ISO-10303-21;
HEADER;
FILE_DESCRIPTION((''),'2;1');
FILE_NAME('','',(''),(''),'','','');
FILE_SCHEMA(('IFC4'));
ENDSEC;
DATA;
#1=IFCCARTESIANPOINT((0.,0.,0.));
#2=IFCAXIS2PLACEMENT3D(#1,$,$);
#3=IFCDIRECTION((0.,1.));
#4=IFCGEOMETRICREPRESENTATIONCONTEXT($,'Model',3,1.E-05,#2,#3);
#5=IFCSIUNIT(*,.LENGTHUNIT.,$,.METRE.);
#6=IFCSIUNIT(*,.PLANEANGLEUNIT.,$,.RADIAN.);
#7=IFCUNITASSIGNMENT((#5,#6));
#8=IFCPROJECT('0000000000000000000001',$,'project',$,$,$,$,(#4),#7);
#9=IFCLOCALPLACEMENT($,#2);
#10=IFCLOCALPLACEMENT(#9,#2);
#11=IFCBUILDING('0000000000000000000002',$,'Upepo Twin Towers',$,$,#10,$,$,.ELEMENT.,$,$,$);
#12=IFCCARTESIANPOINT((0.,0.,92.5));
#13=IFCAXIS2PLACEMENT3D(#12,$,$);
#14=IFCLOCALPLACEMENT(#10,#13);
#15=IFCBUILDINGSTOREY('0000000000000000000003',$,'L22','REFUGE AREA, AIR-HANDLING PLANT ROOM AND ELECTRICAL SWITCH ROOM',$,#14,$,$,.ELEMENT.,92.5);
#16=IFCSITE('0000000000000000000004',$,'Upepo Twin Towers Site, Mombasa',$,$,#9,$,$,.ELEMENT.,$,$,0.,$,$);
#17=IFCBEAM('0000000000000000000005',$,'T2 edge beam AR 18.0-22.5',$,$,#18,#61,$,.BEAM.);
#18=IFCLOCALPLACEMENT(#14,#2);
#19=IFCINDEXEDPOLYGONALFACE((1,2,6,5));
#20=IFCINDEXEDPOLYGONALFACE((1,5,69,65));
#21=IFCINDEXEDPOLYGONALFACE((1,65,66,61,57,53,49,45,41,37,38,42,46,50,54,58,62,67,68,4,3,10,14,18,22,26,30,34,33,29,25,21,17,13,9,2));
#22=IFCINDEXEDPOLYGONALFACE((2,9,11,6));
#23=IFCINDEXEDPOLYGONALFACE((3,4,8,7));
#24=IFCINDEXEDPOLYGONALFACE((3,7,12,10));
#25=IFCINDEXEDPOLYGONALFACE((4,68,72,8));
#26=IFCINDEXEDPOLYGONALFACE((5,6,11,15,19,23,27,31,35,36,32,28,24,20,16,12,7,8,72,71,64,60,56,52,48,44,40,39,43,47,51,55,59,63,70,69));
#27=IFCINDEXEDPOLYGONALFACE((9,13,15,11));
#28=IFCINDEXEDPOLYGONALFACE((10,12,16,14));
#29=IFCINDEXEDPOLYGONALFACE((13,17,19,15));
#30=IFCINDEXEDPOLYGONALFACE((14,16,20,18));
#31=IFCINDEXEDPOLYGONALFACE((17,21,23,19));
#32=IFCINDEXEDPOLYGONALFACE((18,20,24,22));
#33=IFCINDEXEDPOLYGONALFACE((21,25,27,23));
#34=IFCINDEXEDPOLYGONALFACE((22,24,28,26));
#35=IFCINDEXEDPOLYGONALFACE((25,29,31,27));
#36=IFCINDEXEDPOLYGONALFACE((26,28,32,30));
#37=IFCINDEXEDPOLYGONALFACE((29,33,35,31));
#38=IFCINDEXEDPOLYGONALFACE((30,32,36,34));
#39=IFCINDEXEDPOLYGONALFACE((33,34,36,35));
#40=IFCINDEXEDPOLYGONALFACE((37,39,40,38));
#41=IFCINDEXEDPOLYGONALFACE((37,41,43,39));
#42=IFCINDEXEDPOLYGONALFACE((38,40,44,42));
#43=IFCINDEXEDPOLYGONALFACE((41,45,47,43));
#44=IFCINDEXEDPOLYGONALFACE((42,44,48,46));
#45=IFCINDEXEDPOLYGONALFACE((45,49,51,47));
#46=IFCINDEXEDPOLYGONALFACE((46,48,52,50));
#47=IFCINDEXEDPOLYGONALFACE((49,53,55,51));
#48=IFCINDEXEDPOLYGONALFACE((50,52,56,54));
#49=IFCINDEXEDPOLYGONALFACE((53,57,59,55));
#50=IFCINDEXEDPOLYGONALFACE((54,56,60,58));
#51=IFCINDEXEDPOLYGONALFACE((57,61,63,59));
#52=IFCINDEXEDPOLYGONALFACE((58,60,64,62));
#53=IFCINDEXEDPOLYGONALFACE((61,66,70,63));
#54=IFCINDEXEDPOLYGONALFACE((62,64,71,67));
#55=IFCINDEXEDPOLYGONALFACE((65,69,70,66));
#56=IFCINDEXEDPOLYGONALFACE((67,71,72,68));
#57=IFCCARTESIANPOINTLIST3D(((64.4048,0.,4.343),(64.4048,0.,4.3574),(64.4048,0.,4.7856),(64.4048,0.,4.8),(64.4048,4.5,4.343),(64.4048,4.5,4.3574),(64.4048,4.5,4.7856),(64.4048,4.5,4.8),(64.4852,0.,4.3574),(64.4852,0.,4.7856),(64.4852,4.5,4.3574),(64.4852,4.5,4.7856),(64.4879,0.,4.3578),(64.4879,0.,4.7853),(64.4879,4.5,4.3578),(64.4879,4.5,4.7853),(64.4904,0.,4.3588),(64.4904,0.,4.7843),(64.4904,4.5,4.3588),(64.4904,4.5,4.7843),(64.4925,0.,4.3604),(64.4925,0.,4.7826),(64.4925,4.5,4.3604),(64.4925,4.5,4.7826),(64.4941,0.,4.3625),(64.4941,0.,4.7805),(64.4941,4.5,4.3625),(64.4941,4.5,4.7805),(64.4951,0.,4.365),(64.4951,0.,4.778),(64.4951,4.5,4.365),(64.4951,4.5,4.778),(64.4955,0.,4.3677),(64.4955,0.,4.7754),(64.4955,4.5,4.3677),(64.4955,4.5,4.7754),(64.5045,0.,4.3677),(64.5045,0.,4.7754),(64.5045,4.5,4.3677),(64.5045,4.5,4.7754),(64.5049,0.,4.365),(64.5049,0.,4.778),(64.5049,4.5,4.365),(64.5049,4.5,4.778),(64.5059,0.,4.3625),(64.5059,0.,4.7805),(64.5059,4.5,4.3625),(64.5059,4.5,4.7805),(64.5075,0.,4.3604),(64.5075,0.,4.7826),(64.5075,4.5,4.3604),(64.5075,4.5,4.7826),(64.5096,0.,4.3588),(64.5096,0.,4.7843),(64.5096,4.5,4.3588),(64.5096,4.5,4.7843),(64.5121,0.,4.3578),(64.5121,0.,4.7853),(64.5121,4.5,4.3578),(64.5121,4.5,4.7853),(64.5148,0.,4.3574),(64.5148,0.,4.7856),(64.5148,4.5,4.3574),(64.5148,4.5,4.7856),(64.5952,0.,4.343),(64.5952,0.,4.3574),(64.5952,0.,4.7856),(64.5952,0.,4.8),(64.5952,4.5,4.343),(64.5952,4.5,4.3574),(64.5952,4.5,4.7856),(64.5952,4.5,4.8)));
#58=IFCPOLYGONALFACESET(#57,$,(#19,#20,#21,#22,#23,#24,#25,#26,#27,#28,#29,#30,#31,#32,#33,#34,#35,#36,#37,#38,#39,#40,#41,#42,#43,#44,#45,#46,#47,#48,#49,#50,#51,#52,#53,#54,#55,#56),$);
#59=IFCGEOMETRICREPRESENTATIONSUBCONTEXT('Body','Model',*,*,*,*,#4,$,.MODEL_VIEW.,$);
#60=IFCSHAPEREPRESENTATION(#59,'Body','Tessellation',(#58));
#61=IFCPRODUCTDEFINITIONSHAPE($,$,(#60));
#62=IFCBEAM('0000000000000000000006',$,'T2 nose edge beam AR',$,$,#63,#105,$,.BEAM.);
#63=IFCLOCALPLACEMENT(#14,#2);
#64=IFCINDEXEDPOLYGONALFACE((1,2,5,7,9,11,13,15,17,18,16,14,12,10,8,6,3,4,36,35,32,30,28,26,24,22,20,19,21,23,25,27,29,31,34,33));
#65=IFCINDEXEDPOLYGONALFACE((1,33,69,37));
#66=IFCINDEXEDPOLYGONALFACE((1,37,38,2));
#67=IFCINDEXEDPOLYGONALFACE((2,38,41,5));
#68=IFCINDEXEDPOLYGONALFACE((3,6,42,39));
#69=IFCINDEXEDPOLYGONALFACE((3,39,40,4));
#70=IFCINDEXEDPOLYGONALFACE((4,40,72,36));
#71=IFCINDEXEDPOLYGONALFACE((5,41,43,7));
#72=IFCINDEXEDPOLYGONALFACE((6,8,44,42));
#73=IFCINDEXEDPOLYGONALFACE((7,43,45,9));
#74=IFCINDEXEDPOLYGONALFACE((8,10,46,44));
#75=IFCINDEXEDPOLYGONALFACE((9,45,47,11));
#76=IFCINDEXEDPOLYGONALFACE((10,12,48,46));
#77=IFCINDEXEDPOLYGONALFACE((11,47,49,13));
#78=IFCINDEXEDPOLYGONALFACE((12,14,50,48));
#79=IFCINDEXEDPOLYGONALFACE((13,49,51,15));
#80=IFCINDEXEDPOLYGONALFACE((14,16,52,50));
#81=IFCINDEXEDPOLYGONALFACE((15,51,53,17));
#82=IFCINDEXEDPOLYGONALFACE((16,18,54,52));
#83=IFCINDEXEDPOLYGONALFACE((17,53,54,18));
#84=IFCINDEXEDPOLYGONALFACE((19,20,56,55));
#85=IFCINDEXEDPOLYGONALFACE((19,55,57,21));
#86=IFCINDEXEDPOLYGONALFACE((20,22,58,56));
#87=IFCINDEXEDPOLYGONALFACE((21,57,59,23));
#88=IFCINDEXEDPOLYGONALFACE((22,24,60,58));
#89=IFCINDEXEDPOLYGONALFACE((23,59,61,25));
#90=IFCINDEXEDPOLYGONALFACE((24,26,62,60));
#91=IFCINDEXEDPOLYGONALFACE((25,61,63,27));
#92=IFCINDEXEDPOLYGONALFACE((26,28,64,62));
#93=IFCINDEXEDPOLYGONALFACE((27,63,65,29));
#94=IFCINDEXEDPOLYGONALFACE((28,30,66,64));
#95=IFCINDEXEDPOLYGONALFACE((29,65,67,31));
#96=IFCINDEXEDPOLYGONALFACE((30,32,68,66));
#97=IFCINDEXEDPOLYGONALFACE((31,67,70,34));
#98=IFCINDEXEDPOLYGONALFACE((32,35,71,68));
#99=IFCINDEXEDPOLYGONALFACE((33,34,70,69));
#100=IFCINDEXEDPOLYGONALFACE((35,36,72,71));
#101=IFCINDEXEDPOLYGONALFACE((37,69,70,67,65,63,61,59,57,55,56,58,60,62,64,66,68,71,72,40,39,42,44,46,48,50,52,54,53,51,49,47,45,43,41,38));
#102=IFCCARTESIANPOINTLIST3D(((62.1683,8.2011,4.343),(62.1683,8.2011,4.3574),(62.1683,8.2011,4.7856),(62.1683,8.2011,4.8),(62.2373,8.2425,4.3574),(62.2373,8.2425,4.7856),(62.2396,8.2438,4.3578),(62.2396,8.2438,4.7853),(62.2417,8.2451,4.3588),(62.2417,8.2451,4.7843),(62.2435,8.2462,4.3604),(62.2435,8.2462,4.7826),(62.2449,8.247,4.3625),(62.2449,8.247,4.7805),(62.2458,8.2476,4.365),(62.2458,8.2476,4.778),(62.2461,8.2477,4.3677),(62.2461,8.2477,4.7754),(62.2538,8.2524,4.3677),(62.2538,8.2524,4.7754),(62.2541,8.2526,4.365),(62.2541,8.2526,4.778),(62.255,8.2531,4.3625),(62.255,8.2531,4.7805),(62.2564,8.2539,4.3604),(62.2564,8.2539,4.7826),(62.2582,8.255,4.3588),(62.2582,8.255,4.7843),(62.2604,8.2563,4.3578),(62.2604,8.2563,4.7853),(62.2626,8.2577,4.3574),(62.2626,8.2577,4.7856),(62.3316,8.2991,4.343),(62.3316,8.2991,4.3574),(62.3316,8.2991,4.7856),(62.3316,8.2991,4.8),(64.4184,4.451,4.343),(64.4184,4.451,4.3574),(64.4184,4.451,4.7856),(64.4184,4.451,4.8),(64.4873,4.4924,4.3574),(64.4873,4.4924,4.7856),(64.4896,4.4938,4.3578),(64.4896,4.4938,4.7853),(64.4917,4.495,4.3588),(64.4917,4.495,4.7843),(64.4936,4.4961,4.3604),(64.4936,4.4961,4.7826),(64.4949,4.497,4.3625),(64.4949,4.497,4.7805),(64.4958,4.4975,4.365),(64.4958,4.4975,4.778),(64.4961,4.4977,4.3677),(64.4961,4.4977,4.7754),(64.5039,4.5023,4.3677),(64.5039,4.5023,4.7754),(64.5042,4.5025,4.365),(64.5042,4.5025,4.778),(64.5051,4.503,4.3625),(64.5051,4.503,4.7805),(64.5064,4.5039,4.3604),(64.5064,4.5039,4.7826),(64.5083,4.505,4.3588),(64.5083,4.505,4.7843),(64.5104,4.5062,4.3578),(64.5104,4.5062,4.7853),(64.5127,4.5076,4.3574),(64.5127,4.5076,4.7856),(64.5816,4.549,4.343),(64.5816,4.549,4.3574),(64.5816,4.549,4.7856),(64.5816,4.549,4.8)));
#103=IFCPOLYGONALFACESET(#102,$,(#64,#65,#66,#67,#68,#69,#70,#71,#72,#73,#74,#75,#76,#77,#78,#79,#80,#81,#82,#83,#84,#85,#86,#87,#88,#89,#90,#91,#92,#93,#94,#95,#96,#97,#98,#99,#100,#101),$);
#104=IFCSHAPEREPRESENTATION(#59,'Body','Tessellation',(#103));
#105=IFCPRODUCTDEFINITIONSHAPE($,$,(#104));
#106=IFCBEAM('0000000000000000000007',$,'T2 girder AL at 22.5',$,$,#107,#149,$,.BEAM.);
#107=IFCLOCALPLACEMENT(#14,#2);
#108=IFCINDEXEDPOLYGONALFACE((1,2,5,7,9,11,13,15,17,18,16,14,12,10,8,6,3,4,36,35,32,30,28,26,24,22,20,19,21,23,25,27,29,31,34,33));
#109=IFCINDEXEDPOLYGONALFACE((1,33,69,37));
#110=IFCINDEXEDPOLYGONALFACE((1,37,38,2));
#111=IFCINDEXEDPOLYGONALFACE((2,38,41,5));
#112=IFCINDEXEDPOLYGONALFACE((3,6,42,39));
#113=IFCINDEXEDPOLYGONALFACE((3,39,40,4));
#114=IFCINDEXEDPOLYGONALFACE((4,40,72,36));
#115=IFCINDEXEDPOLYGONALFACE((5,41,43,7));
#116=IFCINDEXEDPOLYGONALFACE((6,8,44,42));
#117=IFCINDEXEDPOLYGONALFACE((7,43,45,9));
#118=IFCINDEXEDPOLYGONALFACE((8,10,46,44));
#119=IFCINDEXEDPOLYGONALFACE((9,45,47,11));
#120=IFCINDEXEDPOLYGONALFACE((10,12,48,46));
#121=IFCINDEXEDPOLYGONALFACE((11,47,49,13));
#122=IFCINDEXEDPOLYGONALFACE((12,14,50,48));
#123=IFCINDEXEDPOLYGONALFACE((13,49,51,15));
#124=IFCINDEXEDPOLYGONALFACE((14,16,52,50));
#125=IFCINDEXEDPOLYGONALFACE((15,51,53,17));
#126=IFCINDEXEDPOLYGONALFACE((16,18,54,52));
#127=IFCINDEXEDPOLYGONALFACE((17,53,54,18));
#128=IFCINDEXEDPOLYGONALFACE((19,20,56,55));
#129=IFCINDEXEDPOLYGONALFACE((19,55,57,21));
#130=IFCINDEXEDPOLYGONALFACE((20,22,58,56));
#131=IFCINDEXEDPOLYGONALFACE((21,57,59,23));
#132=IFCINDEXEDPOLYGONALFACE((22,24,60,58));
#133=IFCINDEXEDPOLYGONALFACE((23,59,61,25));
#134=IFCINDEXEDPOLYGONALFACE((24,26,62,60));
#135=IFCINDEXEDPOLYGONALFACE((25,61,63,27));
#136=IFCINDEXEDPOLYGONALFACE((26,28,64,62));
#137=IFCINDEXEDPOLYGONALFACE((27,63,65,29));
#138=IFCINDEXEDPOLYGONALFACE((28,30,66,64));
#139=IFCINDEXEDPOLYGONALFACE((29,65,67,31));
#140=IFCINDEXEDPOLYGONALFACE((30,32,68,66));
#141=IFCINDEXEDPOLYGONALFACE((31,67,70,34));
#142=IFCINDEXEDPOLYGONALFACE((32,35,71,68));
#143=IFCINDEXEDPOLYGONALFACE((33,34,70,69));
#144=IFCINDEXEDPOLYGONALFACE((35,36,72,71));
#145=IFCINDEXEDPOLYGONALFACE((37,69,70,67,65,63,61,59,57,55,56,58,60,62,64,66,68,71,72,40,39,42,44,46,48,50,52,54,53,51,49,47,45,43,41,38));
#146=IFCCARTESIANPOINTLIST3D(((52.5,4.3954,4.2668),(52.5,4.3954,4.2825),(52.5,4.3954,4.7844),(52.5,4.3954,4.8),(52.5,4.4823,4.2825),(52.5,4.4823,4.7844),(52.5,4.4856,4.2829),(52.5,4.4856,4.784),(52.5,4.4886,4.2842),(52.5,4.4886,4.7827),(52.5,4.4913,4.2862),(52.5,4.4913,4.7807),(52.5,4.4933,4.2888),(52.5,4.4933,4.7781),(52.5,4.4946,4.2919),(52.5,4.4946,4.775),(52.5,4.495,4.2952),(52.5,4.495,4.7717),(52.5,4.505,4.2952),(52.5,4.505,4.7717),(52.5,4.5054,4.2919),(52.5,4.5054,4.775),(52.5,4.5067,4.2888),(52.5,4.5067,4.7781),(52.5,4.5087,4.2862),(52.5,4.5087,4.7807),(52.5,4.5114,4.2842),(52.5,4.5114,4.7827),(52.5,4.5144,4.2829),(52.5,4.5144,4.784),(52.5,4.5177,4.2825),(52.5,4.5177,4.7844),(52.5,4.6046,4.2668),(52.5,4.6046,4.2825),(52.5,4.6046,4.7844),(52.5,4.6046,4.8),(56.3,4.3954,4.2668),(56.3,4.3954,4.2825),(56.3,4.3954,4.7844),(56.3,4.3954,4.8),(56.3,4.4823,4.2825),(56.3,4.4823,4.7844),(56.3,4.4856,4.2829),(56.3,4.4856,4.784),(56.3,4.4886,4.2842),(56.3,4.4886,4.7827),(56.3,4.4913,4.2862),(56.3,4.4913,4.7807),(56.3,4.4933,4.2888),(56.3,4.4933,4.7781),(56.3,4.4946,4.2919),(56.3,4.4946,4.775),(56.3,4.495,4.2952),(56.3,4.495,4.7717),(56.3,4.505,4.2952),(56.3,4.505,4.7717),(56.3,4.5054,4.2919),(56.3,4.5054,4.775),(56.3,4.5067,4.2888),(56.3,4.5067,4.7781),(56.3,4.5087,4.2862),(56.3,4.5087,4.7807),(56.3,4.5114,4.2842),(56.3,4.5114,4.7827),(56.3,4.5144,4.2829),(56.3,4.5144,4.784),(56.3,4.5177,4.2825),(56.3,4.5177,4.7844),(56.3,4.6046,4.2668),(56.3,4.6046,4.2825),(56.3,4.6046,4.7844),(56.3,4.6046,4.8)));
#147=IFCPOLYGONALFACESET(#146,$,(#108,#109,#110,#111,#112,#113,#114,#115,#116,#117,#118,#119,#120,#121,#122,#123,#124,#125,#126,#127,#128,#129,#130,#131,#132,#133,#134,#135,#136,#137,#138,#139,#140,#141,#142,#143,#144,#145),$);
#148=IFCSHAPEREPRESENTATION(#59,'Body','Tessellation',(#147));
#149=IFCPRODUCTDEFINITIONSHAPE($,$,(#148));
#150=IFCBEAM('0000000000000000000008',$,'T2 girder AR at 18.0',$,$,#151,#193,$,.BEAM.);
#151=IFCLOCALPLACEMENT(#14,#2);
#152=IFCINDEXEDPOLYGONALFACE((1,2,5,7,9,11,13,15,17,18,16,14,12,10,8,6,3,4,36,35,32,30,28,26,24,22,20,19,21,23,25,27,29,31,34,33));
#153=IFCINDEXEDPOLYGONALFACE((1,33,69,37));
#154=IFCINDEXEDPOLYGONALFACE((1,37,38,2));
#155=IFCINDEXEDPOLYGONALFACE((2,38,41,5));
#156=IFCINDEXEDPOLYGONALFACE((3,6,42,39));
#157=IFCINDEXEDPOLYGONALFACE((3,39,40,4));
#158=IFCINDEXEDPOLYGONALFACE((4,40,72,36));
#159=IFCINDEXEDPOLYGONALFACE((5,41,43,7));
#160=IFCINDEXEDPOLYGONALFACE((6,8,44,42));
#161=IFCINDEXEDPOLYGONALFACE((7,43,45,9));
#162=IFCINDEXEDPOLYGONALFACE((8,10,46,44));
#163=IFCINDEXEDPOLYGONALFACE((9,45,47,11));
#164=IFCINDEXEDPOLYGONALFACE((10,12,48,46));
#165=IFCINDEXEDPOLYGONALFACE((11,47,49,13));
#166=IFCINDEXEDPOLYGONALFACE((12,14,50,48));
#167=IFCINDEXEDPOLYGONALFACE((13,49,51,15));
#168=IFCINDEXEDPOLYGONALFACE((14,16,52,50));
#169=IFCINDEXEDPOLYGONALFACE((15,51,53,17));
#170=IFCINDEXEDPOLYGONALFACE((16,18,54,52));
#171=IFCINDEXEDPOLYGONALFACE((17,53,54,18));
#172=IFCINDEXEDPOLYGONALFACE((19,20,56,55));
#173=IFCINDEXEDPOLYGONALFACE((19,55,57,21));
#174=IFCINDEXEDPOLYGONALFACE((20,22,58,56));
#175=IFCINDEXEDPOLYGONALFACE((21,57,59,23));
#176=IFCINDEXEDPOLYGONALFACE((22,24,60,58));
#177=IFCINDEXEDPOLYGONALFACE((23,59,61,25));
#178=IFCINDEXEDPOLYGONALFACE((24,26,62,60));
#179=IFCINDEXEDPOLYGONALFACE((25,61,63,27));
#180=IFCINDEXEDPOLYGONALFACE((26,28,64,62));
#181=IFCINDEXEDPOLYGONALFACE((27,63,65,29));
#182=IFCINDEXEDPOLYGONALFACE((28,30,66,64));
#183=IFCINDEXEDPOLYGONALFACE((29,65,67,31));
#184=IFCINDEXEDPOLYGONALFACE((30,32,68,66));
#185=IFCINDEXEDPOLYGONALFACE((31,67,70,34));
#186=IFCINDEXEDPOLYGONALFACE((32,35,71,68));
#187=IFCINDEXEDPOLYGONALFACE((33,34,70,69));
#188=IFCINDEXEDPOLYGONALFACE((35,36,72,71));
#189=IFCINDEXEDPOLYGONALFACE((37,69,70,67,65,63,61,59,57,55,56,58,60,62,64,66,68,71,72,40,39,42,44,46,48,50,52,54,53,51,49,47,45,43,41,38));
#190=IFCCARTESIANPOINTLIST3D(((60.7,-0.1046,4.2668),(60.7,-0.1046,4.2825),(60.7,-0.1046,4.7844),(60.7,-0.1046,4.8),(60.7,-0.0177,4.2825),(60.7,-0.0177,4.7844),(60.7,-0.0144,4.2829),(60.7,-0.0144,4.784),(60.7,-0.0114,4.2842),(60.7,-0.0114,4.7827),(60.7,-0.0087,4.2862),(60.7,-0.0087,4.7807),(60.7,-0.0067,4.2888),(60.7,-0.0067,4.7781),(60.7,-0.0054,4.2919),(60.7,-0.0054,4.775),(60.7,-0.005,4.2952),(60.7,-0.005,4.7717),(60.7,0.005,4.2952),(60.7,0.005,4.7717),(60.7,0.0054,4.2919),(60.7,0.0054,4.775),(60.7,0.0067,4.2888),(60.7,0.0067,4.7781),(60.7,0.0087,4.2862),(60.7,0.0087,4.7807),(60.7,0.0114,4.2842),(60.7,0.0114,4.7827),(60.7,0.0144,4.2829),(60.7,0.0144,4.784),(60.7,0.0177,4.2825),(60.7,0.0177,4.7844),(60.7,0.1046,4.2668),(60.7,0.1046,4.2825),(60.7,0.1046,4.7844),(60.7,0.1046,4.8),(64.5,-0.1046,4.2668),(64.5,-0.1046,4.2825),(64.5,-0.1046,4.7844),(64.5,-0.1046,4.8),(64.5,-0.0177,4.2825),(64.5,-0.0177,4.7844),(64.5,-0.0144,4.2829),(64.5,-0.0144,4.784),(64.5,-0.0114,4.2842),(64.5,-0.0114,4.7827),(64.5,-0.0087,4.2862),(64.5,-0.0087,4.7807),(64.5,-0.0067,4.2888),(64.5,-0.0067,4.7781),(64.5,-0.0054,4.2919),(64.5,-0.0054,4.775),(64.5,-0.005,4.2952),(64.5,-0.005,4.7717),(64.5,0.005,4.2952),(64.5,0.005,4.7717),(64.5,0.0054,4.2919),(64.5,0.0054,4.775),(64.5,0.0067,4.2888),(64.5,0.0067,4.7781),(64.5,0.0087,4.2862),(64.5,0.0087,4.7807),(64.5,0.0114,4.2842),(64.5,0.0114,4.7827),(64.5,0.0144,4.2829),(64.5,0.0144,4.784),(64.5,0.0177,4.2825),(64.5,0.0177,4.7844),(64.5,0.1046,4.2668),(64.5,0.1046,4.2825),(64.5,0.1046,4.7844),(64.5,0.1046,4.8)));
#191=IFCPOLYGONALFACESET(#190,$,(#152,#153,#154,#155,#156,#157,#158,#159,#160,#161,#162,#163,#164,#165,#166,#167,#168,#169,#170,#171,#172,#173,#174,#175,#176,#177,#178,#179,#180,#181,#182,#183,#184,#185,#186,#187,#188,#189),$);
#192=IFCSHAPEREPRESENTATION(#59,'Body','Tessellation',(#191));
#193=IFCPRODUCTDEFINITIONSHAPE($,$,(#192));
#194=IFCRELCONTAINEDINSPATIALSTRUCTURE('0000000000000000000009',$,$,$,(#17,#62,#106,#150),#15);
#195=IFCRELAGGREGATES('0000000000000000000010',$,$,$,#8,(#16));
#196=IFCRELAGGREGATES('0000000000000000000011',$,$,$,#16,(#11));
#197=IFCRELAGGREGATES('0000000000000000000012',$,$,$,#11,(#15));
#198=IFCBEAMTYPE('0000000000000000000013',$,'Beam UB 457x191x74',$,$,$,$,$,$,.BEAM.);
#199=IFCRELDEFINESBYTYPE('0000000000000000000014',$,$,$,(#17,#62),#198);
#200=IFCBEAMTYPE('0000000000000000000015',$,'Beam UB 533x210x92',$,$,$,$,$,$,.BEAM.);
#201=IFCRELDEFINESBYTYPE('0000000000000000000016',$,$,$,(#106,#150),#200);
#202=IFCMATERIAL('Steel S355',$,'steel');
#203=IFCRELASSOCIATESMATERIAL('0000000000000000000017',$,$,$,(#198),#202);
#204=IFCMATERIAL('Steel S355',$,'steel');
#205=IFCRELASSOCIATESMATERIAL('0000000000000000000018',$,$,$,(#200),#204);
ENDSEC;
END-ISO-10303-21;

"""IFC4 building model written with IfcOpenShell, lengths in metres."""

from ifc_helpers import new_model, si_unit, direction, frame, origin, origin_2d, place, context, subcontext, project, spatial, i_section, extrude, material, material_profile, profile_set, type_object, element, save


model = new_model("IFC4")

# Units and contexts
model_context = context("Model", 3, precision=1e-05, world=origin(), true_north=direction((0.0, 1.0)))
body_context = subcontext(model_context, "Body", "Model", "MODEL_VIEW")
ifc_project = project(units=[si_unit("LENGTHUNIT", "METRE"), si_unit("PLANEANGLEUNIT", "RADIAN")], contexts=[model_context])

# Site, building, storey
site_placement = place(None, origin())
site = spatial("IfcSite", under=ifc_project, at=site_placement, Name="Upepo Twin Towers Site, Mombasa", CompositionType="ELEMENT", RefElevation=0.0)
building_placement = place(site_placement, origin())
building = spatial("IfcBuilding", under=site, at=building_placement, Name="Upepo Twin Towers", CompositionType="ELEMENT")
storey_placement = place(building_placement, frame((0.0, 0.0, 92.5)))
storey = spatial("IfcBuildingStorey", under=building, at=storey_placement, Name="L22", Description="REFUGE AREA, AIR-HANDLING PLANT ROOM AND ELECTRICAL SWITCH ROOM", CompositionType="ELEMENT", Elevation=92.5)

# Beams
ifc_material_1 = material(Name="Steel S355", Category="steel")
ifc_material_profile_1 = material_profile(ifc_material_1, i_section(OverallWidth=0.1904, OverallDepth=0.457, WebThickness=0.009, FlangeThickness=0.0144, FilletRadius=0.0103, at=origin_2d()), Name="UB 457x191x74")
ifc_profile_set_1 = profile_set([ifc_material_profile_1], Name="Steel S355")
beam_type_1 = type_object("IfcBeamType", Name="Beam UB 457x191x74", PredefinedType="BEAM", material=ifc_profile_set_1)
for number, where, z_axis, x_axis, name in (
    (1, (64.5, 0.0, 4.5715), (0.0, 1.0, 0.0), (-1.0, 0.0, 0.0), "T2 edge beam AR 18.0-22.5"),
):
    element("IfcBeam", number, at=place(storey_placement, frame(where, z_axis=z_axis, x_axis=x_axis)), inside=storey, type_object=beam_type_1, Name=name, PredefinedType="BEAM", context=body_context, shape_type="SweptSolid", body=[
        extrude(i_section(OverallWidth=0.1904, OverallDepth=0.457, WebThickness=0.009, FlangeThickness=0.0144, FilletRadius=0.0103, at=origin_2d()), origin(), (0.0, 0.0, 1.0), 4.5),
    ])
beam_1_placement = place(storey_placement, frame((64.5, 4.5, 4.5715), z_axis=(-0.514496, 0.857493, 0.0), x_axis=(-0.857493, -0.514496, 0.0)))
element("IfcBeam", 2, at=beam_1_placement, inside=storey, type_object=beam_type_1, Name="T2 nose edge beam AR", PredefinedType="BEAM", context=body_context, shape_type="SweptSolid", body=[
    extrude(i_section(OverallWidth=0.1904, OverallDepth=0.457, WebThickness=0.009, FlangeThickness=0.0144, FilletRadius=0.0103, at=origin_2d()), origin(), (0.0, 0.0, 1.0), 4.3733),
])
ifc_material_2 = material(Name="Steel S355", Category="steel")
ifc_material_profile_2 = material_profile(ifc_material_2, i_section(OverallWidth=0.2092, OverallDepth=0.5332, WebThickness=0.01, FlangeThickness=0.0156, FilletRadius=0.0127, at=origin_2d()), Name="UB 533x210x92")
ifc_profile_set_2 = profile_set([ifc_material_profile_2], Name="Steel S355")
beam_type_2 = type_object("IfcBeamType", Name="Beam UB 533x210x92", PredefinedType="BEAM", material=ifc_profile_set_2)
for number, where, z_axis, x_axis, name in (
    (3, (52.5, 4.5, 4.5334), (1.0, 0.0, 0.0), (0.0, 1.0, 0.0), "T2 girder AL at 22.5"),
    (4, (64.5, 0.0, 4.5334), (-1.0, 0.0, 0.0), (0.0, -1.0, 0.0), "T2 girder AR at 18.0"),
):
    element("IfcBeam", number, at=place(storey_placement, frame(where, z_axis=z_axis, x_axis=x_axis)), inside=storey, type_object=beam_type_2, Name=name, PredefinedType="BEAM", context=body_context, shape_type="SweptSolid", body=[
        extrude(i_section(OverallWidth=0.2092, OverallDepth=0.5332, WebThickness=0.01, FlangeThickness=0.0156, FilletRadius=0.0127, at=origin_2d()), origin(), (0.0, 0.0, 1.0), 3.8),
    ])

save(model, "model.ifc")
